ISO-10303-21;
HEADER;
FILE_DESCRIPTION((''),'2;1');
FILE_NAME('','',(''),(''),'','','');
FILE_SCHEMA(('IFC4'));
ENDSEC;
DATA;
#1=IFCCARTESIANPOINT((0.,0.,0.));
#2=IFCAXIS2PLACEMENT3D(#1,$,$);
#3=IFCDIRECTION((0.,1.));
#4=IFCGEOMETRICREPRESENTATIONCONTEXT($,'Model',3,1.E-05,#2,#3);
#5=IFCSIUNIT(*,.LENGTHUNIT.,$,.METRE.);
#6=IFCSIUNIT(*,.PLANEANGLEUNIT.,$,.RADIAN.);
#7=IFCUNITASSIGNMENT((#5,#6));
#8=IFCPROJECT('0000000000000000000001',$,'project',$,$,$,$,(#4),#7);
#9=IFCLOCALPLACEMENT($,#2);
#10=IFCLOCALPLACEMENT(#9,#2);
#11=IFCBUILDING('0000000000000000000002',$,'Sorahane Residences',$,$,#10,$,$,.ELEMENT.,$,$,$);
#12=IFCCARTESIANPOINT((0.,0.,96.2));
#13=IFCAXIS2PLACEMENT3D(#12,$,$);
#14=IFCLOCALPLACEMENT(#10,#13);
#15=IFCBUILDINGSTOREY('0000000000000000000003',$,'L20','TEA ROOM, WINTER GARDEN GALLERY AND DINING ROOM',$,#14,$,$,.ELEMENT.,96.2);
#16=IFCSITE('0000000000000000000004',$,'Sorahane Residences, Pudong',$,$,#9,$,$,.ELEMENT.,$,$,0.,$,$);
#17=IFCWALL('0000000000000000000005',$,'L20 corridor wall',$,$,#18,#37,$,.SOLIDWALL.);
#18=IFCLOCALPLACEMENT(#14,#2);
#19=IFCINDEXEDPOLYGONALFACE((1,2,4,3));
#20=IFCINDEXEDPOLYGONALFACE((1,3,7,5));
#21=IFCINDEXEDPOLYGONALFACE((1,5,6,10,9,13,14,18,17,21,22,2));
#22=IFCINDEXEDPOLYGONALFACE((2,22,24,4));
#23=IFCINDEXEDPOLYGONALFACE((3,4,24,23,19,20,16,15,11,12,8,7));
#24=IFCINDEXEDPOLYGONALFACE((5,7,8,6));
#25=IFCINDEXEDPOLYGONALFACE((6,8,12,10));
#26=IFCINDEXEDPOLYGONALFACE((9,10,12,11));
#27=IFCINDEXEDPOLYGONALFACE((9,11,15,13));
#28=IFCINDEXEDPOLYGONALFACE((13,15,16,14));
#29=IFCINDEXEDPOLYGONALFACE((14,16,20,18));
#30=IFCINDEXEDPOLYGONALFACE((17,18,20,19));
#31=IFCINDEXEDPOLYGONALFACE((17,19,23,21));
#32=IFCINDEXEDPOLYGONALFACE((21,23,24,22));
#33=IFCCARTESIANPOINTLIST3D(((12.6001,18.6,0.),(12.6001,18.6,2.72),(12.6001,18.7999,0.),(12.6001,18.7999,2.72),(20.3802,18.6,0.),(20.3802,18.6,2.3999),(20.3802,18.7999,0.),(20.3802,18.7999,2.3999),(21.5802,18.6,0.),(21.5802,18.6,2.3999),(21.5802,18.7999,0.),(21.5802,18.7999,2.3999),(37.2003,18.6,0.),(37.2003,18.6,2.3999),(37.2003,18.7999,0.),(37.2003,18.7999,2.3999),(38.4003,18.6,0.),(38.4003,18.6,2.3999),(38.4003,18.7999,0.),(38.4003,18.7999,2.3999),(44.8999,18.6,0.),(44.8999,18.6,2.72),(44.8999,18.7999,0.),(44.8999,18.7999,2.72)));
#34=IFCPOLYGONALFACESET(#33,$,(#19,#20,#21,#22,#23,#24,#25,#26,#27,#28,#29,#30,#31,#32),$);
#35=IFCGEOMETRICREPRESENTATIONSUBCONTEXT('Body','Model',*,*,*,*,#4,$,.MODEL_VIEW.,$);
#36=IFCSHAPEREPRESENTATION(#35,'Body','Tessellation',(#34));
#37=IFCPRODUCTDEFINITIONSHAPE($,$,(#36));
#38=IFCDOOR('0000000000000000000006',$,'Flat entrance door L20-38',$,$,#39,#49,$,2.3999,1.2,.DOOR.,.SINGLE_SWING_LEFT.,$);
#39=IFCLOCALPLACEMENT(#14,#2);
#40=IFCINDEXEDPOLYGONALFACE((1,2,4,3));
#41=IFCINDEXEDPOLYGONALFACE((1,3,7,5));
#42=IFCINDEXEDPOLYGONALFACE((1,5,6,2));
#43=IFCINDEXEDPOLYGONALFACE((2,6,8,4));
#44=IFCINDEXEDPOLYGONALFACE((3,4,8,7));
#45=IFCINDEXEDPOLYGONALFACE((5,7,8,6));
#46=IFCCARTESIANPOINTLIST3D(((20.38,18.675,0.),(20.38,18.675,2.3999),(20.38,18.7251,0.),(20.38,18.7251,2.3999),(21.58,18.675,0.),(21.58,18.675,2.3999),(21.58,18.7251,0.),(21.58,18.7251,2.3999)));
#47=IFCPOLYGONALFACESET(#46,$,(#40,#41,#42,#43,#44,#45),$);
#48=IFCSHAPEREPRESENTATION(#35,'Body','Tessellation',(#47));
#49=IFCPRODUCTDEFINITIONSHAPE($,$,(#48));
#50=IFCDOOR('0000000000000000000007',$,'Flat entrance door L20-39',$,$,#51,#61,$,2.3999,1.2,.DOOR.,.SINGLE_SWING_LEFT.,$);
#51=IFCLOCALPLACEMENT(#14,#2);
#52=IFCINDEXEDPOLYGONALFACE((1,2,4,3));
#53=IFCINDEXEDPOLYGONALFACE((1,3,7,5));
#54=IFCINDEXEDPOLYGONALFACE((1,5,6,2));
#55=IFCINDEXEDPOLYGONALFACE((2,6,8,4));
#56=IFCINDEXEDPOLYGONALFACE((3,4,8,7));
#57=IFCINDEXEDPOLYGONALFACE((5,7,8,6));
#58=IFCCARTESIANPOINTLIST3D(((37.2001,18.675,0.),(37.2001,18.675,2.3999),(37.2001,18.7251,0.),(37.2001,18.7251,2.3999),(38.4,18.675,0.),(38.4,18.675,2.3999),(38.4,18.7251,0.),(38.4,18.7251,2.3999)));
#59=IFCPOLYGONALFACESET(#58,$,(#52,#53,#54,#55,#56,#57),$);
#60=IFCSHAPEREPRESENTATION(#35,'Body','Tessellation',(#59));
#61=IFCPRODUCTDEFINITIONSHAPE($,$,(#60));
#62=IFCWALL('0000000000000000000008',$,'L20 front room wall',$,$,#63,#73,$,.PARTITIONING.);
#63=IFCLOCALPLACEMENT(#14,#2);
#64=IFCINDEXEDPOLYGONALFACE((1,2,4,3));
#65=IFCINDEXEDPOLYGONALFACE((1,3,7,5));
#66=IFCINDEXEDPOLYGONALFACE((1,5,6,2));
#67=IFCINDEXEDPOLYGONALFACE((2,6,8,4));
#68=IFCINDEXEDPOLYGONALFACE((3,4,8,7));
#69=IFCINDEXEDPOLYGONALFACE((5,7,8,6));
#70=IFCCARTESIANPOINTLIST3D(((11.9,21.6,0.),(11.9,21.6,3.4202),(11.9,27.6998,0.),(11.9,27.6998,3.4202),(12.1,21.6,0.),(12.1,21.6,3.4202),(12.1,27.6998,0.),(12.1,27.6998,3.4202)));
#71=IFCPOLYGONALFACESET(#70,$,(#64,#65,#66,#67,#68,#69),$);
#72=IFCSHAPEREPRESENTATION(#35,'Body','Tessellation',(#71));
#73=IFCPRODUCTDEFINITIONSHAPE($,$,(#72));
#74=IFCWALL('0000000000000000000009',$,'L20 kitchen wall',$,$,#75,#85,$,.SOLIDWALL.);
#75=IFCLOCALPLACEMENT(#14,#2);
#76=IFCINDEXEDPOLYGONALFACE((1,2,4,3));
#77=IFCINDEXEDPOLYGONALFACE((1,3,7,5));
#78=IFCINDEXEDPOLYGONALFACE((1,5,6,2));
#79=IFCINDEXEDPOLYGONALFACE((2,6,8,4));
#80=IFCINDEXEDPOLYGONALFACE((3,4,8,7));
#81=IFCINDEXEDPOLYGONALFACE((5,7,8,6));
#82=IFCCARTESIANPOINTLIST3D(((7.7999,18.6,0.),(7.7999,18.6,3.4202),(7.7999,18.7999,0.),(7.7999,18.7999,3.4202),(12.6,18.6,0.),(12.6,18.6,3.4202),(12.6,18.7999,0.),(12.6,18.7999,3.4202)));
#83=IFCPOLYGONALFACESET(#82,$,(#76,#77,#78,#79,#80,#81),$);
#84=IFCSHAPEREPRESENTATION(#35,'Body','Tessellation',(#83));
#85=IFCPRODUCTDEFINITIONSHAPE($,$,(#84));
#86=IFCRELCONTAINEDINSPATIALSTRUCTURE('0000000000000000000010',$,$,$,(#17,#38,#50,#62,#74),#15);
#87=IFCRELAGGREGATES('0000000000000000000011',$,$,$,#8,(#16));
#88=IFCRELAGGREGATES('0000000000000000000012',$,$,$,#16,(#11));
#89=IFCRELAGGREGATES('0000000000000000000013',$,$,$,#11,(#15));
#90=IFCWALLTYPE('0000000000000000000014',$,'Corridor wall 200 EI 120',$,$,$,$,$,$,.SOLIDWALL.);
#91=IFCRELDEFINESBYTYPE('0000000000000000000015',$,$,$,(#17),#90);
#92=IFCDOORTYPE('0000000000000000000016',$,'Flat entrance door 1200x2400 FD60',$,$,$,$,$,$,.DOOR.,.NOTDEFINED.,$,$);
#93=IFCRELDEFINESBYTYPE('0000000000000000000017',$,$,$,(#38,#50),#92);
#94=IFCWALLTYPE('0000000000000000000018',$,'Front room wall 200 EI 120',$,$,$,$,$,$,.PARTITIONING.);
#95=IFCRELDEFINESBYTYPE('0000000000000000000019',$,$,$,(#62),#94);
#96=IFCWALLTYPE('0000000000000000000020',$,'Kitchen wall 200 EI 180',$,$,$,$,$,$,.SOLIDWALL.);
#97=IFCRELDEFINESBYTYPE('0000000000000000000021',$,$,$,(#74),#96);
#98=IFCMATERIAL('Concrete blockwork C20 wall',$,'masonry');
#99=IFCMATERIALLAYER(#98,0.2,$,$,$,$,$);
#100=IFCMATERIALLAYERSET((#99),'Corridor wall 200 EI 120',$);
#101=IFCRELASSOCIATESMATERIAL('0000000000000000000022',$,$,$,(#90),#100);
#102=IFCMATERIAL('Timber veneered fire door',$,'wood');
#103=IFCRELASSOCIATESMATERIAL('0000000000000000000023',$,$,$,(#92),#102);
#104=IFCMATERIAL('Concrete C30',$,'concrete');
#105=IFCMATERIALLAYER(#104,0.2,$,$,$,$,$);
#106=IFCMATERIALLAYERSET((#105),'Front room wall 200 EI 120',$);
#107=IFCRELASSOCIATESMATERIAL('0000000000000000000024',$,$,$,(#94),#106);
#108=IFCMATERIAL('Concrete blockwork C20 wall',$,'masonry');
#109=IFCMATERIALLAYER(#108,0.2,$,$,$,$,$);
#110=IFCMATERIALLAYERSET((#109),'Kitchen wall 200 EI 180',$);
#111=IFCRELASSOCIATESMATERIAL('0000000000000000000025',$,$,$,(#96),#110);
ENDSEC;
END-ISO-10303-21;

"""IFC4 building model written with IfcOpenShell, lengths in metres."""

from ifc_helpers import new_model, si_unit, direction, frame, frame_2d, origin, place, context, subcontext, project, spatial, rectangle, extrude, material, layer, layer_set, type_object, element, fill, save


model = new_model("IFC4")

# Units and contexts
model_context = context("Model", 3, precision=1e-05, world=origin(), true_north=direction((0.0, 1.0)))
body_context = subcontext(model_context, "Body", "Model", "MODEL_VIEW")
ifc_project = project(units=[si_unit("LENGTHUNIT", "METRE"), si_unit("PLANEANGLEUNIT", "RADIAN")], contexts=[model_context])

# Site, building, storey
site_placement = place(None, origin())
site = spatial("IfcSite", under=ifc_project, at=site_placement, Name="Sorahane Residences, Pudong", CompositionType="ELEMENT", RefElevation=0.0)
building_placement = place(site_placement, origin())
building = spatial("IfcBuilding", under=site, at=building_placement, Name="Sorahane Residences", CompositionType="ELEMENT")
storey_placement = place(building_placement, frame((0.0, 0.0, 96.2)))
storey = spatial("IfcBuildingStorey", under=building, at=storey_placement, Name="L20", Description="TEA ROOM, WINTER GARDEN GALLERY AND DINING ROOM", CompositionType="ELEMENT", Elevation=96.2)

# Wall, openings, doors
ifc_material_1 = material(Name="Concrete blockwork C20 wall", Category="masonry")
ifc_layer_1 = layer(ifc_material_1, 0.2)
ifc_layer_set_1 = layer_set([ifc_layer_1], Name="Corridor wall 200 EI 120")
wall_type_1 = type_object("IfcWallType", Name="Corridor wall 200 EI 120", PredefinedType="SOLIDWALL", material=ifc_layer_set_1)
wall_1_placement = place(storey_placement, frame((12.6001, 18.7, 0.0), z_axis=(0.0, 0.0, 1.0), x_axis=(1.0, 0.0, 0.0)))
wall_1 = element("IfcWall", 1, at=wall_1_placement, inside=storey, type_object=wall_type_1, Name="L20 corridor wall", PredefinedType="SOLIDWALL", context=body_context, shape_type="SweptSolid", body=[
    extrude(rectangle(XDim=32.2998, YDim=0.2, at=frame_2d((16.1499, 0.0))), origin(), (0.0, 0.0, 1.0), 2.72),
])
opening_1_placement = place(wall_1_placement, frame((7.78, 0.0, 0.0)))
opening_1 = element("IfcOpeningElement", 2, at=opening_1_placement, cuts=wall_1, PredefinedType="OPENING", context=body_context, shape_type="SweptSolid", body=[
    extrude(rectangle(XDim=1.2, YDim=2.3999, at=frame_2d((0.6001, 1.2))), frame((0.0, 0.1099, 0.0), z_axis=(0.0, -1.0, 0.0), x_axis=(1.0, 0.0, 0.0)), (0.0, 0.0, 1.0), 0.22),
])
opening_2_placement = place(wall_1_placement, frame((24.6001, 0.0, 0.0)))
opening_2 = element("IfcOpeningElement", 3, at=opening_2_placement, cuts=wall_1, PredefinedType="OPENING", context=body_context, shape_type="SweptSolid", body=[
    extrude(rectangle(XDim=1.2, YDim=2.3999, at=frame_2d((0.6001, 1.2))), frame((0.0, 0.1099, 0.0), z_axis=(0.0, -1.0, 0.0), x_axis=(1.0, 0.0, 0.0)), (0.0, 0.0, 1.0), 0.22),
])
ifc_material_2 = material(Name="Timber veneered fire door", Category="wood")
door_type_1 = type_object("IfcDoorType", Name="Flat entrance door 1200x2400 FD60", OperationType="NOTDEFINED", PredefinedType="DOOR", material=ifc_material_2)
door_1_placement = place(opening_1_placement, frame((1.2, 0.0, 0.0), z_axis=(0.0, 0.0, 1.0), x_axis=(-1.0, 0.0, 0.0)))
door_1 = element("IfcDoor", 4, at=door_1_placement, inside=storey, type_object=door_type_1, Name="Flat entrance door L20-38", OperationType="SINGLE_SWING_LEFT", OverallHeight=2.3999, OverallWidth=1.2, PredefinedType="DOOR", context=body_context, shape_type="SweptSolid", body=[
    extrude(rectangle(XDim=1.2, YDim=2.3999, at=frame_2d((0.6001, 1.2))), frame((0.0, 0.0249, 0.0), z_axis=(0.0, -1.0, 0.0), x_axis=(1.0, 0.0, 0.0)), (0.0, 0.0, 1.0), 0.05),
])
fill(opening_1, door_1)
door_2_placement = place(opening_2_placement, frame((1.2, 0.0, 0.0), z_axis=(0.0, 0.0, 1.0), x_axis=(-1.0, 0.0, 0.0)))
door_2 = element("IfcDoor", 5, at=door_2_placement, inside=storey, type_object=door_type_1, Name="Flat entrance door L20-39", OperationType="SINGLE_SWING_LEFT", OverallHeight=2.3999, OverallWidth=1.2, PredefinedType="DOOR", context=body_context, shape_type="SweptSolid", body=[
    extrude(rectangle(XDim=1.2, YDim=2.3999, at=frame_2d((0.6001, 1.2))), frame((0.0, 0.0249, 0.0), z_axis=(0.0, -1.0, 0.0), x_axis=(1.0, 0.0, 0.0)), (0.0, 0.0, 1.0), 0.05),
])
fill(opening_2, door_2)

# Walls
ifc_material_3 = material(Name="Concrete C30", Category="concrete")
ifc_layer_2 = layer(ifc_material_3, 0.2)
ifc_layer_set_2 = layer_set([ifc_layer_2], Name="Front room wall 200 EI 120")
wall_type_2 = type_object("IfcWallType", Name="Front room wall 200 EI 120", PredefinedType="PARTITIONING", material=ifc_layer_set_2)
wall_2_placement = place(storey_placement, frame((12.0, 21.6001, 0.0), z_axis=(0.0, 0.0, 1.0), x_axis=(0.0, 1.0, 0.0)))
element("IfcWall", 6, at=wall_2_placement, inside=storey, type_object=wall_type_2, Name="L20 front room wall", PredefinedType="PARTITIONING", context=body_context, shape_type="SweptSolid", body=[
    extrude(rectangle(XDim=6.0999, YDim=0.2, at=frame_2d((3.0498, 0.0))), origin(), (0.0, 0.0, 1.0), 3.4202),
])
ifc_material_4 = material(Name="Concrete blockwork C20 wall", Category="masonry")
ifc_layer_3 = layer(ifc_material_4, 0.2)
ifc_layer_set_3 = layer_set([ifc_layer_3], Name="Kitchen wall 200 EI 180")
wall_type_3 = type_object("IfcWallType", Name="Kitchen wall 200 EI 180", PredefinedType="SOLIDWALL", material=ifc_layer_set_3)
wall_3_placement = place(storey_placement, frame((7.8, 18.7, 0.0), z_axis=(0.0, 0.0, 1.0), x_axis=(1.0, 0.0, 0.0)))
element("IfcWall", 7, at=wall_3_placement, inside=storey, type_object=wall_type_3, Name="L20 kitchen wall", PredefinedType="SOLIDWALL", context=body_context, shape_type="SweptSolid", body=[
    extrude(rectangle(XDim=4.8, YDim=0.2, at=frame_2d((2.3999, 0.0))), origin(), (0.0, 0.0, 1.0), 3.4202),
])

save(model, "model.ifc")
